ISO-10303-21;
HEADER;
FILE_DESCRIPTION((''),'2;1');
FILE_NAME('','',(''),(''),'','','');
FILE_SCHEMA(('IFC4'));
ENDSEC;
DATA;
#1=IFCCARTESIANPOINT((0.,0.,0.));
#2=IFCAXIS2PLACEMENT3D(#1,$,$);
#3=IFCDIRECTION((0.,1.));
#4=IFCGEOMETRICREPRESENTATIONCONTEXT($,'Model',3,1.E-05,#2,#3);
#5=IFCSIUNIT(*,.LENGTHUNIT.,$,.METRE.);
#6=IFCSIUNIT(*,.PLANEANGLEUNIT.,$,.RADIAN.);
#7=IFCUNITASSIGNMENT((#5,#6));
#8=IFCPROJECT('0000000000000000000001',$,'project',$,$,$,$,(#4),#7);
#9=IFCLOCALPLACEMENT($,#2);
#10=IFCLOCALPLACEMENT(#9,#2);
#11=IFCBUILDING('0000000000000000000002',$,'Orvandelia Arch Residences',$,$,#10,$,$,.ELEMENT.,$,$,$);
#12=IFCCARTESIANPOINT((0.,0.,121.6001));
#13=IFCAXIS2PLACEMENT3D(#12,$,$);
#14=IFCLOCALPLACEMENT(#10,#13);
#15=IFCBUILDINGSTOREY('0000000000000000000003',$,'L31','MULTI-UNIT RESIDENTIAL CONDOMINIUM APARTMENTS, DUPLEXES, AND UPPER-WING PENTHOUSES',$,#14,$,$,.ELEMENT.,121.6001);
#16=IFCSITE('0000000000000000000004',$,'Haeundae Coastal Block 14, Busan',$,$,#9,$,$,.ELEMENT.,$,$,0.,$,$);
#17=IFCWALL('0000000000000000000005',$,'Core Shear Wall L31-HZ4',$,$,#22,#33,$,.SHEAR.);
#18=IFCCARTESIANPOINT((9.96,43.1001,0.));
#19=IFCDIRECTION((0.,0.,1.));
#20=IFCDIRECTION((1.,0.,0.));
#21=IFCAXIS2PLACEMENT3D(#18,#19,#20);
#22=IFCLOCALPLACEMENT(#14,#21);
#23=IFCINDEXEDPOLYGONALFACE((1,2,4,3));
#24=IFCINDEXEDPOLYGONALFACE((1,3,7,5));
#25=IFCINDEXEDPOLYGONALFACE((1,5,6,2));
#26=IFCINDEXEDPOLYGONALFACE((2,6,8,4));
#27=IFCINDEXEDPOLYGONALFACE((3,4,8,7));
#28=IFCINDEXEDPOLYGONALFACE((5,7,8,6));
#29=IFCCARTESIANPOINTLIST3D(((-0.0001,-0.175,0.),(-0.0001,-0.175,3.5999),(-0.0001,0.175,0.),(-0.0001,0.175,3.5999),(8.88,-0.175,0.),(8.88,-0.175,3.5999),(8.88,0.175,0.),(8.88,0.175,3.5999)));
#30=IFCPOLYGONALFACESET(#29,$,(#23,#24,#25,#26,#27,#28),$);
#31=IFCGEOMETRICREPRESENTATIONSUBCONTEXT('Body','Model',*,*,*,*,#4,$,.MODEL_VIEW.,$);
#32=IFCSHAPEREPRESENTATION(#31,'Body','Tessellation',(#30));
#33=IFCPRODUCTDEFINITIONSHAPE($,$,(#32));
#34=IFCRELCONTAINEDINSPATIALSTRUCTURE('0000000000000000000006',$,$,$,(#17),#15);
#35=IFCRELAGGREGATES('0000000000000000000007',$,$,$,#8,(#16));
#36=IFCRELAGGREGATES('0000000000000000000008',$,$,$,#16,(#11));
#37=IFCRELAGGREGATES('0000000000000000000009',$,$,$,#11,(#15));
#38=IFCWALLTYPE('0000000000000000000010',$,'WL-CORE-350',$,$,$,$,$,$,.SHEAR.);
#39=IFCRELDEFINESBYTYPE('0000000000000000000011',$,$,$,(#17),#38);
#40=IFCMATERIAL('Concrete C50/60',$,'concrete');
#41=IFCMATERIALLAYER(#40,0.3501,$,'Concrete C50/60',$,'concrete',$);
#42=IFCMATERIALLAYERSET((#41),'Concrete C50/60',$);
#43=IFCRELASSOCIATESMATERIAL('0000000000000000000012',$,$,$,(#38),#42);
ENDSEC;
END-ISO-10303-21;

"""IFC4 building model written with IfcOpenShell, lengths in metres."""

from ifc_helpers import new_model, si_unit, direction, frame, frame_2d, origin, place, context, subcontext, project, spatial, rectangle, extrude, material, layer, layer_set, type_object, element, save


model = new_model("IFC4")

# Units and contexts
model_context = context("Model", 3, precision=1e-05, world=origin(), true_north=direction((0.0, 1.0)))
body_context = subcontext(model_context, "Body", "Model", "MODEL_VIEW")
ifc_project = project(units=[si_unit("LENGTHUNIT", "METRE"), si_unit("PLANEANGLEUNIT", "RADIAN")], contexts=[model_context])

# Site, building, storey
site_placement = place(None, origin())
site = spatial("IfcSite", under=ifc_project, at=site_placement, Name="Haeundae Coastal Block 14, Busan", CompositionType="ELEMENT", RefElevation=0.0)
building_placement = place(site_placement, origin())
building = spatial("IfcBuilding", under=site, at=building_placement, Name="Orvandelia Arch Residences", CompositionType="ELEMENT")
storey_placement = place(building_placement, frame((0.0, 0.0, 121.6001)))
storey = spatial("IfcBuildingStorey", under=building, at=storey_placement, Name="L31", Description="MULTI-UNIT RESIDENTIAL CONDOMINIUM APARTMENTS, DUPLEXES, AND UPPER-WING PENTHOUSES", CompositionType="ELEMENT", Elevation=121.6001)

# Wall
ifc_material_1 = material(Name="Concrete C50/60", Category="concrete")
ifc_layer_1 = layer(ifc_material_1, 0.3501, Name="Concrete C50/60", Category="concrete")
ifc_layer_set_1 = layer_set([ifc_layer_1], Name="Concrete C50/60")
wall_type_1 = type_object("IfcWallType", Name="WL-CORE-350", PredefinedType="SHEAR", material=ifc_layer_set_1)
wall_1_placement = place(storey_placement, frame((9.96, 43.1001, 0.0), z_axis=(0.0, 0.0, 1.0), x_axis=(1.0, 0.0, 0.0)))
element("IfcWall", 1, at=wall_1_placement, inside=storey, type_object=wall_type_1, Name="Core Shear Wall L31-HZ4", PredefinedType="SHEAR", context=body_context, shape_type="SweptSolid", body=[
    extrude(rectangle(XDim=8.8801, YDim=0.3501, at=frame_2d((4.4399, 0.0))), origin(), (0.0, 0.0, 1.0), 3.5999),
])

save(model, "model.ifc")
